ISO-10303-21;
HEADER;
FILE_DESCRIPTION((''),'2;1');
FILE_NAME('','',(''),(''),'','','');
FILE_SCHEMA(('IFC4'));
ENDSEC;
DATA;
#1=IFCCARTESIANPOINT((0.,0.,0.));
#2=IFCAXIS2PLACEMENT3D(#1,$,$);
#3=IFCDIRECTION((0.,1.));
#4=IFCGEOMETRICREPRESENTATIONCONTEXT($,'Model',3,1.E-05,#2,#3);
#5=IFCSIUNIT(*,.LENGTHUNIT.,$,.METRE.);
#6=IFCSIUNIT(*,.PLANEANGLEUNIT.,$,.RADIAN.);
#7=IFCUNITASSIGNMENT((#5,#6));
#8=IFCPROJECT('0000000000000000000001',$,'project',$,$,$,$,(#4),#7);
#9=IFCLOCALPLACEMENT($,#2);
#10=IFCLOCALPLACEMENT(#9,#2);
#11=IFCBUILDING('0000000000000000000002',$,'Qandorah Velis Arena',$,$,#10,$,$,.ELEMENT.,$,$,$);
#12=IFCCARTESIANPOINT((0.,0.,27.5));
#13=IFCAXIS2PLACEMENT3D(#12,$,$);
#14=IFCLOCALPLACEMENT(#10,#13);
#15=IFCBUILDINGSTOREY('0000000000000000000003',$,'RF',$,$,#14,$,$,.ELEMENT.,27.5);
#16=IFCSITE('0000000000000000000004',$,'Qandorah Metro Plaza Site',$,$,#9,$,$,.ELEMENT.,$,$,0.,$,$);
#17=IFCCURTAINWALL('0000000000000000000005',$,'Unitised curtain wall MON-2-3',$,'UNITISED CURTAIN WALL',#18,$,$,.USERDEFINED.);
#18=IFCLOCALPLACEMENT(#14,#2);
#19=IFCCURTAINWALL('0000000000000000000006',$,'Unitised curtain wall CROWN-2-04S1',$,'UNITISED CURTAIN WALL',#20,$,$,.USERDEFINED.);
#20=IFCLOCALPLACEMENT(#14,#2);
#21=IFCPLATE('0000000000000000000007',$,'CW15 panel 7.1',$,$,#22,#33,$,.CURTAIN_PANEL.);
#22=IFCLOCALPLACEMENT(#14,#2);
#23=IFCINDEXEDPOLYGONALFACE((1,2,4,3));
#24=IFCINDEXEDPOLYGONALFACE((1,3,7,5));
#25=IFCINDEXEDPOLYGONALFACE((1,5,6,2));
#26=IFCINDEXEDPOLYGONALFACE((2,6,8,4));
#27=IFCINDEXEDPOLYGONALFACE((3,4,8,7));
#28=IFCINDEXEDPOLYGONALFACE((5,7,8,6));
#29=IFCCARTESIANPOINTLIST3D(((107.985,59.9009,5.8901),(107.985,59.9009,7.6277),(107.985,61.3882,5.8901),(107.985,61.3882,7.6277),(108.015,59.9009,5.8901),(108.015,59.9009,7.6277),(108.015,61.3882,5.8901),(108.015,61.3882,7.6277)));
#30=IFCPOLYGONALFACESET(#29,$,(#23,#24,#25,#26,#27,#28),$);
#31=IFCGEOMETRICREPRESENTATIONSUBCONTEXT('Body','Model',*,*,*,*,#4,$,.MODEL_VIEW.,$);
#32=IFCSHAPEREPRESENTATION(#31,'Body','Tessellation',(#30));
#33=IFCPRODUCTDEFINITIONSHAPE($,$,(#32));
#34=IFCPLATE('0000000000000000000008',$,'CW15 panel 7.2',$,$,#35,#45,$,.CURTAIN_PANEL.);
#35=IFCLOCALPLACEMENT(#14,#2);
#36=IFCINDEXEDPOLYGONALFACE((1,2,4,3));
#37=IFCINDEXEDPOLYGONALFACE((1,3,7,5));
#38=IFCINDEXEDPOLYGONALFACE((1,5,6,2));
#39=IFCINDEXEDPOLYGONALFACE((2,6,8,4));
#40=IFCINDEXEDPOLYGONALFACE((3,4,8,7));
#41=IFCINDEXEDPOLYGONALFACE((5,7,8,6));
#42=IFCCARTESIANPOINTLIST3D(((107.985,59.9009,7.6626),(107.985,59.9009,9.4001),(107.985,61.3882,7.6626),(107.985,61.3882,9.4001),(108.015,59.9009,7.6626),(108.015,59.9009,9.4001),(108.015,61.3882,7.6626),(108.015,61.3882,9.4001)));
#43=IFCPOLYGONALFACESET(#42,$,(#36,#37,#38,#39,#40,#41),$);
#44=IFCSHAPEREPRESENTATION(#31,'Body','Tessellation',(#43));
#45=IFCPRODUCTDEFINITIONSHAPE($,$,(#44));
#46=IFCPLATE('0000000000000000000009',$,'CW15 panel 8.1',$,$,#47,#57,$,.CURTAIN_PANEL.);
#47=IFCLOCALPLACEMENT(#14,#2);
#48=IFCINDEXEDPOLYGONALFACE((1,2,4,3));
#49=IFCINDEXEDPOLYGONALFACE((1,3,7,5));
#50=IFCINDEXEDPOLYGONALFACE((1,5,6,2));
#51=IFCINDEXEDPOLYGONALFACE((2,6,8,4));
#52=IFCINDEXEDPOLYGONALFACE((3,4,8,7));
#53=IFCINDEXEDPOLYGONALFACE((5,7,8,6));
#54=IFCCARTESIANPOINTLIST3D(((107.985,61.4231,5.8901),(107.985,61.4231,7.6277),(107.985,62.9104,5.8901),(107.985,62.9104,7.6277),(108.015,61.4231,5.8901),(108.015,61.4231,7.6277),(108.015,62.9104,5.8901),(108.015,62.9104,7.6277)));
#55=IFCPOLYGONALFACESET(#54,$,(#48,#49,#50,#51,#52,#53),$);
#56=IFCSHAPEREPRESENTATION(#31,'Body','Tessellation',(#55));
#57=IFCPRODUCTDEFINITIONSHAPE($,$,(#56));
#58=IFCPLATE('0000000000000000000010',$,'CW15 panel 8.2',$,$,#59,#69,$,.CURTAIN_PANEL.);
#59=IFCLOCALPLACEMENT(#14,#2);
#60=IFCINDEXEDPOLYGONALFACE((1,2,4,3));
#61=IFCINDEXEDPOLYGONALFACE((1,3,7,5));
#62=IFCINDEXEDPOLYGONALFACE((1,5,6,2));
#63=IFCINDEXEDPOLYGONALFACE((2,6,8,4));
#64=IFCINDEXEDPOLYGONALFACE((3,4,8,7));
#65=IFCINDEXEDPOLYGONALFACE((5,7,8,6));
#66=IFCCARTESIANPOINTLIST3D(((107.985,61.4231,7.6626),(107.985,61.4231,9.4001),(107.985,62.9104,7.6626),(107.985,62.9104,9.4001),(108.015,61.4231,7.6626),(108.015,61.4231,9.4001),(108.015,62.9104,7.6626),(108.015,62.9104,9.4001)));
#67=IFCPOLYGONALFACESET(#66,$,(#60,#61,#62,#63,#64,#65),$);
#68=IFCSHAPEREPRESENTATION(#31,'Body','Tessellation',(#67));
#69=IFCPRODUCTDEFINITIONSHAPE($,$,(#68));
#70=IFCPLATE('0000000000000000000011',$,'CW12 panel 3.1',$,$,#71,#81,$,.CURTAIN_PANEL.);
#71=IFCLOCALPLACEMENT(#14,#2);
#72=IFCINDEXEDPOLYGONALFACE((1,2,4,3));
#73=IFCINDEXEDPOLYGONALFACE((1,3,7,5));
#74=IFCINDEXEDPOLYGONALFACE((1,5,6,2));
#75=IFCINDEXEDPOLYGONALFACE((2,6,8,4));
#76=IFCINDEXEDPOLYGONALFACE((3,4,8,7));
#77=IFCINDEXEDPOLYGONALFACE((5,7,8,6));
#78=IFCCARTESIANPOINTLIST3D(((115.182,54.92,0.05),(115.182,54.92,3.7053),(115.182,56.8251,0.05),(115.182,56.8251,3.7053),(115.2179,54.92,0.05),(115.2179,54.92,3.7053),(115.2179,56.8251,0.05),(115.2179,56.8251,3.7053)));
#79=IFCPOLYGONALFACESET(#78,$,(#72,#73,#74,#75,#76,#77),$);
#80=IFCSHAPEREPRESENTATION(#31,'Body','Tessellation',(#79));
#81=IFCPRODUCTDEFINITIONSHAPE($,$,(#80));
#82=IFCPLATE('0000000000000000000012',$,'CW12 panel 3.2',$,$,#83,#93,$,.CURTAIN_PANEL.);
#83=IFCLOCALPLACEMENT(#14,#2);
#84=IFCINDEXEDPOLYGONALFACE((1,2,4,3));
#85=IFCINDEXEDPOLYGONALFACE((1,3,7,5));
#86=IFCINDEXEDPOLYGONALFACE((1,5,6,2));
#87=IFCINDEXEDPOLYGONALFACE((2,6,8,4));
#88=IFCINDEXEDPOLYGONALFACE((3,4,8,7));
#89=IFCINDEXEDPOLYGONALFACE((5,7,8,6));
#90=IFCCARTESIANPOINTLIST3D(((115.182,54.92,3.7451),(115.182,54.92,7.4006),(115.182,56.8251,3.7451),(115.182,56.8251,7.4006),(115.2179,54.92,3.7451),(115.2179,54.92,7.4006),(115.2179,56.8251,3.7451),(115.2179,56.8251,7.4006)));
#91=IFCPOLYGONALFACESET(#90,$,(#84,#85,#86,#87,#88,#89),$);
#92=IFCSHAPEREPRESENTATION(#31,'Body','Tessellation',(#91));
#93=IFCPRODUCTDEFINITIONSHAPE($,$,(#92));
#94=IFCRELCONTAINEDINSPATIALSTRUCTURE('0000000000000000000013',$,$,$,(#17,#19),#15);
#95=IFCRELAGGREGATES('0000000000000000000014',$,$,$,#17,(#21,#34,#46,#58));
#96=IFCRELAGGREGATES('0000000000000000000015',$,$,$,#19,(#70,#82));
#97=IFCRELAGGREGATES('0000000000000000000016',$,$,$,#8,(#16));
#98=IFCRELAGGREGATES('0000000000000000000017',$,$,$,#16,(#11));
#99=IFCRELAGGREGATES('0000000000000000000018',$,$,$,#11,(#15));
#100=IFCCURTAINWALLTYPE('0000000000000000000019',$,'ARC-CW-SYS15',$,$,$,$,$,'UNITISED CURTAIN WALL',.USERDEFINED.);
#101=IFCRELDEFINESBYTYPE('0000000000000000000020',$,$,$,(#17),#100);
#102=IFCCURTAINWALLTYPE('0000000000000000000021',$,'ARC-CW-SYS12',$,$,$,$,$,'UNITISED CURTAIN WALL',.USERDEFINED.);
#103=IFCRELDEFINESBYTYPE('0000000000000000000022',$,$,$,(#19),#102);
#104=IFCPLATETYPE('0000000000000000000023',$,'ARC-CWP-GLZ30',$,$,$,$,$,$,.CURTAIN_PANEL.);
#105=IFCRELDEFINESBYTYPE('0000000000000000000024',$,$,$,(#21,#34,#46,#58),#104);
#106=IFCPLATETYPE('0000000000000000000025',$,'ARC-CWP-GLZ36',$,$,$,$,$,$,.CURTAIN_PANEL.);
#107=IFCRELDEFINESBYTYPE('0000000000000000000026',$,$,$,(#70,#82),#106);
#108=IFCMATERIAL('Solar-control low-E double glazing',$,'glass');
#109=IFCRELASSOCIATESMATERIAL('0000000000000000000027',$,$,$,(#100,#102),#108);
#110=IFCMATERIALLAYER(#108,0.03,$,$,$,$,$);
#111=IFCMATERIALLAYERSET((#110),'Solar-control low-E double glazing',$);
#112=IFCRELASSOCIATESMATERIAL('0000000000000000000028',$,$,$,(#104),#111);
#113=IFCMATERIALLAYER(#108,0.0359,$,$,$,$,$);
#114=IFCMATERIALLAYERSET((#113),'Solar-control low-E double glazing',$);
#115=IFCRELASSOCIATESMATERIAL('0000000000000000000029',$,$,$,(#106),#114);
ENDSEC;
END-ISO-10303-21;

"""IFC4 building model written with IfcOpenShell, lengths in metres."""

from ifc_helpers import new_model, si_unit, direction, frame, origin, origin_2d, place, context, subcontext, project, spatial, rectangle, extrude, material, layer, layer_set, type_object, element, aggregate, save


model = new_model("IFC4")

# Units and contexts
model_context = context("Model", 3, precision=1e-05, world=origin(), true_north=direction((0.0, 1.0)))
body_context = subcontext(model_context, "Body", "Model", "MODEL_VIEW")
ifc_project = project(units=[si_unit("LENGTHUNIT", "METRE"), si_unit("PLANEANGLEUNIT", "RADIAN")], contexts=[model_context])

# Site, building, storey
site_placement = place(None, origin())
site = spatial("IfcSite", under=ifc_project, at=site_placement, Name="Qandorah Metro Plaza Site", CompositionType="ELEMENT", RefElevation=0.0)
building_placement = place(site_placement, origin())
building = spatial("IfcBuilding", under=site, at=building_placement, Name="Qandorah Velis Arena", CompositionType="ELEMENT")
storey_placement = place(building_placement, frame((0.0, 0.0, 27.5)))
storey = spatial("IfcBuildingStorey", under=building, at=storey_placement, Name="RF", CompositionType="ELEMENT", Elevation=27.5)

# Curtain wall
ifc_material_1 = material(Name="Solar-control low-E double glazing", Category="glass")
curtain_wall_type_1 = type_object("IfcCurtainWallType", Name="ARC-CW-SYS15", ElementType="UNITISED CURTAIN WALL", PredefinedType="USERDEFINED", material=ifc_material_1)
curtain_wall_1_placement = place(storey_placement, origin())
curtain_wall_1 = element("IfcCurtainWall", 1, at=curtain_wall_1_placement, inside=storey, type_object=curtain_wall_type_1, Name="Unitised curtain wall MON-2-3", ObjectType="UNITISED CURTAIN WALL", PredefinedType="USERDEFINED")

# Curtain wall
curtain_wall_type_2 = type_object("IfcCurtainWallType", Name="ARC-CW-SYS12", ElementType="UNITISED CURTAIN WALL", PredefinedType="USERDEFINED", material=ifc_material_1)
curtain_wall_2_placement = place(storey_placement, origin())
curtain_wall_2 = element("IfcCurtainWall", 2, at=curtain_wall_2_placement, inside=storey, type_object=curtain_wall_type_2, Name="Unitised curtain wall CROWN-2-04S1", ObjectType="UNITISED CURTAIN WALL", PredefinedType="USERDEFINED")

# Plates
ifc_layer_1 = layer(ifc_material_1, 0.03)
ifc_layer_set_1 = layer_set([ifc_layer_1], Name="Solar-control low-E double glazing")
plate_type_1 = type_object("IfcPlateType", Name="ARC-CWP-GLZ30", PredefinedType="CURTAIN_PANEL", material=ifc_layer_set_1)
plate_1_placement = place(storey_placement, frame((108.0, 60.6445, 5.8901), z_axis=(0.0, 0.0, 1.0), x_axis=(0.0, 1.0, 0.0)))
plate_1 = element("IfcPlate", 3, at=plate_1_placement, type_object=plate_type_1, Name="CW15 panel 7.1", PredefinedType="CURTAIN_PANEL", context=body_context, shape_type="SweptSolid", body=[
    extrude(rectangle(XDim=1.4873, YDim=0.03, at=origin_2d()), origin(), (0.0, 0.0, 1.0), 1.7375),
])
plate_2_placement = place(storey_placement, frame((108.0, 60.6445, 7.6626), z_axis=(0.0, 0.0, 1.0), x_axis=(0.0, 1.0, 0.0)))
plate_2 = element("IfcPlate", 4, at=plate_2_placement, type_object=plate_type_1, Name="CW15 panel 7.2", PredefinedType="CURTAIN_PANEL", context=body_context, shape_type="SweptSolid", body=[
    extrude(rectangle(XDim=1.4873, YDim=0.03, at=origin_2d()), origin(), (0.0, 0.0, 1.0), 1.7375),
])
plate_3_placement = place(storey_placement, frame((108.0, 62.1667, 5.8901), z_axis=(0.0, 0.0, 1.0), x_axis=(0.0, 1.0, 0.0)))
plate_3 = element("IfcPlate", 5, at=plate_3_placement, type_object=plate_type_1, Name="CW15 panel 8.1", PredefinedType="CURTAIN_PANEL", context=body_context, shape_type="SweptSolid", body=[
    extrude(rectangle(XDim=1.4873, YDim=0.03, at=origin_2d()), origin(), (0.0, 0.0, 1.0), 1.7375),
])
plate_4_placement = place(storey_placement, frame((108.0, 62.1667, 7.6626), z_axis=(0.0, 0.0, 1.0), x_axis=(0.0, 1.0, 0.0)))
plate_4 = element("IfcPlate", 6, at=plate_4_placement, type_object=plate_type_1, Name="CW15 panel 8.2", PredefinedType="CURTAIN_PANEL", context=body_context, shape_type="SweptSolid", body=[
    extrude(rectangle(XDim=1.4873, YDim=0.03, at=origin_2d()), origin(), (0.0, 0.0, 1.0), 1.7375),
])
aggregate(curtain_wall_1, [plate_1, plate_2, plate_3, plate_4])
ifc_layer_2 = layer(ifc_material_1, 0.0359)
ifc_layer_set_2 = layer_set([ifc_layer_2], Name="Solar-control low-E double glazing")
plate_type_2 = type_object("IfcPlateType", Name="ARC-CWP-GLZ36", PredefinedType="CURTAIN_PANEL", material=ifc_layer_set_2)
plate_5_placement = place(storey_placement, frame((115.2, 55.8726, 0.05), z_axis=(0.0, 0.0, 1.0), x_axis=(0.0, 1.0, 0.0)))
plate_5 = element("IfcPlate", 7, at=plate_5_placement, type_object=plate_type_2, Name="CW12 panel 3.1", PredefinedType="CURTAIN_PANEL", context=body_context, shape_type="SweptSolid", body=[
    extrude(rectangle(XDim=1.905, YDim=0.0359, at=origin_2d()), origin(), (0.0, 0.0, 1.0), 3.6553),
])
plate_6_placement = place(storey_placement, frame((115.2, 55.8726, 3.7451), z_axis=(0.0, 0.0, 1.0), x_axis=(0.0, 1.0, 0.0)))
plate_6 = element("IfcPlate", 8, at=plate_6_placement, type_object=plate_type_2, Name="CW12 panel 3.2", PredefinedType="CURTAIN_PANEL", context=body_context, shape_type="SweptSolid", body=[
    extrude(rectangle(XDim=1.905, YDim=0.0359, at=origin_2d()), origin(), (0.0, 0.0, 1.0), 3.6555),
])
aggregate(curtain_wall_2, [plate_5, plate_6])

save(model, "model.ifc")
